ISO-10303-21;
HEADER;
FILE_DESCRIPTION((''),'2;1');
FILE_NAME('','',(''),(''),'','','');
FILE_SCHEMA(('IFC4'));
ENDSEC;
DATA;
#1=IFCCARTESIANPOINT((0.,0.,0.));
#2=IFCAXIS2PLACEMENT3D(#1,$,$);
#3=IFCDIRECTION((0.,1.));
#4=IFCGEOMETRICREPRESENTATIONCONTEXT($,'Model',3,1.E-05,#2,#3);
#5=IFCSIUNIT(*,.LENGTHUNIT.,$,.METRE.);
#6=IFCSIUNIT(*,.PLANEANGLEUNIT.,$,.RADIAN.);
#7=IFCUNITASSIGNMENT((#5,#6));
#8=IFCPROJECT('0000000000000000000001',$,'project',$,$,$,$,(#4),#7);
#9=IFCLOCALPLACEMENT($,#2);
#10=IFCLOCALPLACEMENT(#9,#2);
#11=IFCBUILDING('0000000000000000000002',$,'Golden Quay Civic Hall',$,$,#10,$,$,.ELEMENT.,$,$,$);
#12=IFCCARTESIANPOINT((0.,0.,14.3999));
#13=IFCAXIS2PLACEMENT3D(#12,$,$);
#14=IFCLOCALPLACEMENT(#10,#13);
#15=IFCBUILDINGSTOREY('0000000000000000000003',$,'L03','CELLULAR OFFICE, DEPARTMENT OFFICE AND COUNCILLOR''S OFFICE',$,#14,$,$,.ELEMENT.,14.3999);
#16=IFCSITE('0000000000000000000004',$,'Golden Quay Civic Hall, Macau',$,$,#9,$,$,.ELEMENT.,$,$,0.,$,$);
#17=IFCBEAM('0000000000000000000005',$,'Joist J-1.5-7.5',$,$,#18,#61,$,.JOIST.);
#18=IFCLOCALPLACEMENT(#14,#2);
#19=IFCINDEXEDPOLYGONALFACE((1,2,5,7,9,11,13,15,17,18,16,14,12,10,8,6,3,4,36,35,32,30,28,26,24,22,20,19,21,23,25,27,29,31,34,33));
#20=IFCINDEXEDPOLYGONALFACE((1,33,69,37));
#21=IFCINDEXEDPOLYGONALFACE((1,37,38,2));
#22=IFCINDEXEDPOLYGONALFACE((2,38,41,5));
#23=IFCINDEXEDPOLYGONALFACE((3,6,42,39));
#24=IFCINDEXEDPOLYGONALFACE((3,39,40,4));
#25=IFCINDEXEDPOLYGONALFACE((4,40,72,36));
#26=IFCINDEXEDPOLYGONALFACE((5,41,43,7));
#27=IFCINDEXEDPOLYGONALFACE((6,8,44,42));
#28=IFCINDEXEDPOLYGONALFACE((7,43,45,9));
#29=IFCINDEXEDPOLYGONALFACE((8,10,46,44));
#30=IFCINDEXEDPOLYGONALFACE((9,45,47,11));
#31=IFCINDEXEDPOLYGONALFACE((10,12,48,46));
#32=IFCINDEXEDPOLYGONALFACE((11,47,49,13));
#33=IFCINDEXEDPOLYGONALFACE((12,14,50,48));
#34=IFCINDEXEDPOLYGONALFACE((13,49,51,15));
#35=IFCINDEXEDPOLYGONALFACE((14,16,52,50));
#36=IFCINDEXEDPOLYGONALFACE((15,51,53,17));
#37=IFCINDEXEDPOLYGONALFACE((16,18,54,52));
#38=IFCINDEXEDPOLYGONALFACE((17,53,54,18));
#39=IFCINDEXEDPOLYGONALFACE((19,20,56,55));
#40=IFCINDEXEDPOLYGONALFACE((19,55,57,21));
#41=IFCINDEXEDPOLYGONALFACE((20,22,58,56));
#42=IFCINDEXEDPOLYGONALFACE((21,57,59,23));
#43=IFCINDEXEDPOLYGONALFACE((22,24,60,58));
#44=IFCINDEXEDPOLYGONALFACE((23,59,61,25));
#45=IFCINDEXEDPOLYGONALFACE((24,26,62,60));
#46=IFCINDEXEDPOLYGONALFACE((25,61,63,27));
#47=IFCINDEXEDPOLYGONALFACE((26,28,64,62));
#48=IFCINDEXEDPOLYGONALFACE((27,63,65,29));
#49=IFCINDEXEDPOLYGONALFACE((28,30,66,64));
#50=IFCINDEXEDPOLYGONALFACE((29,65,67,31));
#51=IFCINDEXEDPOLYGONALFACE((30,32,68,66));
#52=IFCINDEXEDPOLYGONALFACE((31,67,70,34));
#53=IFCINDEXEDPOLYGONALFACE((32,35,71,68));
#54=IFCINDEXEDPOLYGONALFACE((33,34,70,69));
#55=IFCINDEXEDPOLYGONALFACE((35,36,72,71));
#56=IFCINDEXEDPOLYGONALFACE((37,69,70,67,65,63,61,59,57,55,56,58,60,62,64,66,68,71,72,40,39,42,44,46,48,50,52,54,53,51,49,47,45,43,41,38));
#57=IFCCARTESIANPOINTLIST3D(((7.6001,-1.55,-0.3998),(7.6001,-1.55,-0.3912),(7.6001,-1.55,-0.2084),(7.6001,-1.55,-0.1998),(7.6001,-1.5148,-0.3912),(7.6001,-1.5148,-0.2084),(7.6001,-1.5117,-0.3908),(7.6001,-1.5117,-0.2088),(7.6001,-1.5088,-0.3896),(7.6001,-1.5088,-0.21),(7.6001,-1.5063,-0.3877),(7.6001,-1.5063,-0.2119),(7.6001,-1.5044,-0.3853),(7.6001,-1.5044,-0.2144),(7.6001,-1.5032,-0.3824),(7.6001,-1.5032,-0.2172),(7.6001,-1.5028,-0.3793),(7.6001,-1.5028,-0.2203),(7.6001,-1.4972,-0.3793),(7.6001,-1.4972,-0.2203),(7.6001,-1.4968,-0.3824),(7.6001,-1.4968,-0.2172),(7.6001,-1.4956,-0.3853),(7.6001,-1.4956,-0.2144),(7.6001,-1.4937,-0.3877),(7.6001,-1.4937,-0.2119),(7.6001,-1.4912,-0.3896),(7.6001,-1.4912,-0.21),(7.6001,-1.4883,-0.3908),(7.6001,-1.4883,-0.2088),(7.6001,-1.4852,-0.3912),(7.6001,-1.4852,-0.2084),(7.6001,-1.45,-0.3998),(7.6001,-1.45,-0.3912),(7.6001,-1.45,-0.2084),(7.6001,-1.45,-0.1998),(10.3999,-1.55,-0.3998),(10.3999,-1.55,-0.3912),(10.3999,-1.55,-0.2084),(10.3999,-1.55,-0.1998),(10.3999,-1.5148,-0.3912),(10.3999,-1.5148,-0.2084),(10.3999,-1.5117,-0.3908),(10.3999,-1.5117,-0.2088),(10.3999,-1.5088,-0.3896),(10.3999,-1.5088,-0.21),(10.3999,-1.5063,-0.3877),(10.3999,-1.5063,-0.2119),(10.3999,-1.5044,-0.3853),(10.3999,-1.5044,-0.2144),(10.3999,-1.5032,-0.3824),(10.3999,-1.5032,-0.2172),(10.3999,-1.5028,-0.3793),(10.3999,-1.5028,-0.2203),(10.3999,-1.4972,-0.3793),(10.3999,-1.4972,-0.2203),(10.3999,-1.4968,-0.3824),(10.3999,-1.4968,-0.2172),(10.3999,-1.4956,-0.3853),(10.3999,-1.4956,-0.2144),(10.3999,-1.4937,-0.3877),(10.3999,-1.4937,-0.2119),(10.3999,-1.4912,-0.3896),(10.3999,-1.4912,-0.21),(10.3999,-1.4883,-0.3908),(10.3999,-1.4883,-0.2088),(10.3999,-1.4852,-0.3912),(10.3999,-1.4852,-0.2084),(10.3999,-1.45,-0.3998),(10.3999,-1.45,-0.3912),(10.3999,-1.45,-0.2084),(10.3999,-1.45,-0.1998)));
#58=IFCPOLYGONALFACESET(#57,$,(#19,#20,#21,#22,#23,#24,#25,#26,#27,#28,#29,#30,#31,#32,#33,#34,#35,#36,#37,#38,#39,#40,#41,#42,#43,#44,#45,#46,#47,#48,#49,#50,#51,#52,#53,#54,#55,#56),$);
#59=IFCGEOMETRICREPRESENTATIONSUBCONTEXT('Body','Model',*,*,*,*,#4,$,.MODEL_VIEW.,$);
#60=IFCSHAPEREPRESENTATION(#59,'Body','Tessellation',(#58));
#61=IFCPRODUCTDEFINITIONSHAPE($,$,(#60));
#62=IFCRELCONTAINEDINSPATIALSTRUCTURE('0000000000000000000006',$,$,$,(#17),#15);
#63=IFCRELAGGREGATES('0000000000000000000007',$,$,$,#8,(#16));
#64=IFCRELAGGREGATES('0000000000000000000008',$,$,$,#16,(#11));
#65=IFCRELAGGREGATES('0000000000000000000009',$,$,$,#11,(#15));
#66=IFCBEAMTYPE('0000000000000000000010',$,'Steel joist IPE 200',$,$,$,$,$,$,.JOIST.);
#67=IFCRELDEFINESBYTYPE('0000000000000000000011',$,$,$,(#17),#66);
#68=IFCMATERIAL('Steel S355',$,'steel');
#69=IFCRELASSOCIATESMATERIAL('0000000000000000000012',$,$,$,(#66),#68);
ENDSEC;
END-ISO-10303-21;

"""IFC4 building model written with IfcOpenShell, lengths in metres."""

from ifc_helpers import new_model, si_unit, direction, frame, origin, origin_2d, place, context, subcontext, project, spatial, i_section, extrude, material, material_profile, profile_set, type_object, element, save


model = new_model("IFC4")

# Units and contexts
model_context = context("Model", 3, precision=1e-05, world=origin(), true_north=direction((0.0, 1.0)))
body_context = subcontext(model_context, "Body", "Model", "MODEL_VIEW")
ifc_project = project(units=[si_unit("LENGTHUNIT", "METRE"), si_unit("PLANEANGLEUNIT", "RADIAN")], contexts=[model_context])

# Site, building, storey
site_placement = place(None, origin())
site = spatial("IfcSite", under=ifc_project, at=site_placement, Name="Golden Quay Civic Hall, Macau", CompositionType="ELEMENT", RefElevation=0.0)
building_placement = place(site_placement, origin())
building = spatial("IfcBuilding", under=site, at=building_placement, Name="Golden Quay Civic Hall", CompositionType="ELEMENT")
storey_placement = place(building_placement, frame((0.0, 0.0, 14.3999)))
storey = spatial("IfcBuildingStorey", under=building, at=storey_placement, Name="L03", Description="CELLULAR OFFICE, DEPARTMENT OFFICE AND COUNCILLOR'S OFFICE", CompositionType="ELEMENT", Elevation=14.3999)

# Beam
ifc_material_1 = material(Name="Steel S355", Category="steel")
ifc_material_profile_1 = material_profile(ifc_material_1, i_section(OverallWidth=0.1001, OverallDepth=0.2, WebThickness=0.0056, FlangeThickness=0.0085, FilletRadius=0.012, at=origin_2d()), Name="IPE 200")
ifc_profile_set_1 = profile_set([ifc_material_profile_1], Name="Steel S355")
beam_type_1 = type_object("IfcBeamType", Name="Steel joist IPE 200", PredefinedType="JOIST", material=ifc_profile_set_1)
for number, where, z_axis, x_axis, name in (
    (1, (7.6001, -1.5, -0.2998), (1.0, 0.0, 0.0), (0.0, 1.0, 0.0), "Joist J-1.5-7.5"),
):
    element("IfcBeam", number, at=place(storey_placement, frame(where, z_axis=z_axis, x_axis=x_axis)), inside=storey, type_object=beam_type_1, Name=name, PredefinedType="JOIST", context=body_context, shape_type="SweptSolid", body=[
        extrude(i_section(OverallWidth=0.1001, OverallDepth=0.2, WebThickness=0.0056, FlangeThickness=0.0085, FilletRadius=0.012, at=origin_2d()), origin(), (0.0, 0.0, 1.0), 2.7998),
    ])

save(model, "model.ifc")
